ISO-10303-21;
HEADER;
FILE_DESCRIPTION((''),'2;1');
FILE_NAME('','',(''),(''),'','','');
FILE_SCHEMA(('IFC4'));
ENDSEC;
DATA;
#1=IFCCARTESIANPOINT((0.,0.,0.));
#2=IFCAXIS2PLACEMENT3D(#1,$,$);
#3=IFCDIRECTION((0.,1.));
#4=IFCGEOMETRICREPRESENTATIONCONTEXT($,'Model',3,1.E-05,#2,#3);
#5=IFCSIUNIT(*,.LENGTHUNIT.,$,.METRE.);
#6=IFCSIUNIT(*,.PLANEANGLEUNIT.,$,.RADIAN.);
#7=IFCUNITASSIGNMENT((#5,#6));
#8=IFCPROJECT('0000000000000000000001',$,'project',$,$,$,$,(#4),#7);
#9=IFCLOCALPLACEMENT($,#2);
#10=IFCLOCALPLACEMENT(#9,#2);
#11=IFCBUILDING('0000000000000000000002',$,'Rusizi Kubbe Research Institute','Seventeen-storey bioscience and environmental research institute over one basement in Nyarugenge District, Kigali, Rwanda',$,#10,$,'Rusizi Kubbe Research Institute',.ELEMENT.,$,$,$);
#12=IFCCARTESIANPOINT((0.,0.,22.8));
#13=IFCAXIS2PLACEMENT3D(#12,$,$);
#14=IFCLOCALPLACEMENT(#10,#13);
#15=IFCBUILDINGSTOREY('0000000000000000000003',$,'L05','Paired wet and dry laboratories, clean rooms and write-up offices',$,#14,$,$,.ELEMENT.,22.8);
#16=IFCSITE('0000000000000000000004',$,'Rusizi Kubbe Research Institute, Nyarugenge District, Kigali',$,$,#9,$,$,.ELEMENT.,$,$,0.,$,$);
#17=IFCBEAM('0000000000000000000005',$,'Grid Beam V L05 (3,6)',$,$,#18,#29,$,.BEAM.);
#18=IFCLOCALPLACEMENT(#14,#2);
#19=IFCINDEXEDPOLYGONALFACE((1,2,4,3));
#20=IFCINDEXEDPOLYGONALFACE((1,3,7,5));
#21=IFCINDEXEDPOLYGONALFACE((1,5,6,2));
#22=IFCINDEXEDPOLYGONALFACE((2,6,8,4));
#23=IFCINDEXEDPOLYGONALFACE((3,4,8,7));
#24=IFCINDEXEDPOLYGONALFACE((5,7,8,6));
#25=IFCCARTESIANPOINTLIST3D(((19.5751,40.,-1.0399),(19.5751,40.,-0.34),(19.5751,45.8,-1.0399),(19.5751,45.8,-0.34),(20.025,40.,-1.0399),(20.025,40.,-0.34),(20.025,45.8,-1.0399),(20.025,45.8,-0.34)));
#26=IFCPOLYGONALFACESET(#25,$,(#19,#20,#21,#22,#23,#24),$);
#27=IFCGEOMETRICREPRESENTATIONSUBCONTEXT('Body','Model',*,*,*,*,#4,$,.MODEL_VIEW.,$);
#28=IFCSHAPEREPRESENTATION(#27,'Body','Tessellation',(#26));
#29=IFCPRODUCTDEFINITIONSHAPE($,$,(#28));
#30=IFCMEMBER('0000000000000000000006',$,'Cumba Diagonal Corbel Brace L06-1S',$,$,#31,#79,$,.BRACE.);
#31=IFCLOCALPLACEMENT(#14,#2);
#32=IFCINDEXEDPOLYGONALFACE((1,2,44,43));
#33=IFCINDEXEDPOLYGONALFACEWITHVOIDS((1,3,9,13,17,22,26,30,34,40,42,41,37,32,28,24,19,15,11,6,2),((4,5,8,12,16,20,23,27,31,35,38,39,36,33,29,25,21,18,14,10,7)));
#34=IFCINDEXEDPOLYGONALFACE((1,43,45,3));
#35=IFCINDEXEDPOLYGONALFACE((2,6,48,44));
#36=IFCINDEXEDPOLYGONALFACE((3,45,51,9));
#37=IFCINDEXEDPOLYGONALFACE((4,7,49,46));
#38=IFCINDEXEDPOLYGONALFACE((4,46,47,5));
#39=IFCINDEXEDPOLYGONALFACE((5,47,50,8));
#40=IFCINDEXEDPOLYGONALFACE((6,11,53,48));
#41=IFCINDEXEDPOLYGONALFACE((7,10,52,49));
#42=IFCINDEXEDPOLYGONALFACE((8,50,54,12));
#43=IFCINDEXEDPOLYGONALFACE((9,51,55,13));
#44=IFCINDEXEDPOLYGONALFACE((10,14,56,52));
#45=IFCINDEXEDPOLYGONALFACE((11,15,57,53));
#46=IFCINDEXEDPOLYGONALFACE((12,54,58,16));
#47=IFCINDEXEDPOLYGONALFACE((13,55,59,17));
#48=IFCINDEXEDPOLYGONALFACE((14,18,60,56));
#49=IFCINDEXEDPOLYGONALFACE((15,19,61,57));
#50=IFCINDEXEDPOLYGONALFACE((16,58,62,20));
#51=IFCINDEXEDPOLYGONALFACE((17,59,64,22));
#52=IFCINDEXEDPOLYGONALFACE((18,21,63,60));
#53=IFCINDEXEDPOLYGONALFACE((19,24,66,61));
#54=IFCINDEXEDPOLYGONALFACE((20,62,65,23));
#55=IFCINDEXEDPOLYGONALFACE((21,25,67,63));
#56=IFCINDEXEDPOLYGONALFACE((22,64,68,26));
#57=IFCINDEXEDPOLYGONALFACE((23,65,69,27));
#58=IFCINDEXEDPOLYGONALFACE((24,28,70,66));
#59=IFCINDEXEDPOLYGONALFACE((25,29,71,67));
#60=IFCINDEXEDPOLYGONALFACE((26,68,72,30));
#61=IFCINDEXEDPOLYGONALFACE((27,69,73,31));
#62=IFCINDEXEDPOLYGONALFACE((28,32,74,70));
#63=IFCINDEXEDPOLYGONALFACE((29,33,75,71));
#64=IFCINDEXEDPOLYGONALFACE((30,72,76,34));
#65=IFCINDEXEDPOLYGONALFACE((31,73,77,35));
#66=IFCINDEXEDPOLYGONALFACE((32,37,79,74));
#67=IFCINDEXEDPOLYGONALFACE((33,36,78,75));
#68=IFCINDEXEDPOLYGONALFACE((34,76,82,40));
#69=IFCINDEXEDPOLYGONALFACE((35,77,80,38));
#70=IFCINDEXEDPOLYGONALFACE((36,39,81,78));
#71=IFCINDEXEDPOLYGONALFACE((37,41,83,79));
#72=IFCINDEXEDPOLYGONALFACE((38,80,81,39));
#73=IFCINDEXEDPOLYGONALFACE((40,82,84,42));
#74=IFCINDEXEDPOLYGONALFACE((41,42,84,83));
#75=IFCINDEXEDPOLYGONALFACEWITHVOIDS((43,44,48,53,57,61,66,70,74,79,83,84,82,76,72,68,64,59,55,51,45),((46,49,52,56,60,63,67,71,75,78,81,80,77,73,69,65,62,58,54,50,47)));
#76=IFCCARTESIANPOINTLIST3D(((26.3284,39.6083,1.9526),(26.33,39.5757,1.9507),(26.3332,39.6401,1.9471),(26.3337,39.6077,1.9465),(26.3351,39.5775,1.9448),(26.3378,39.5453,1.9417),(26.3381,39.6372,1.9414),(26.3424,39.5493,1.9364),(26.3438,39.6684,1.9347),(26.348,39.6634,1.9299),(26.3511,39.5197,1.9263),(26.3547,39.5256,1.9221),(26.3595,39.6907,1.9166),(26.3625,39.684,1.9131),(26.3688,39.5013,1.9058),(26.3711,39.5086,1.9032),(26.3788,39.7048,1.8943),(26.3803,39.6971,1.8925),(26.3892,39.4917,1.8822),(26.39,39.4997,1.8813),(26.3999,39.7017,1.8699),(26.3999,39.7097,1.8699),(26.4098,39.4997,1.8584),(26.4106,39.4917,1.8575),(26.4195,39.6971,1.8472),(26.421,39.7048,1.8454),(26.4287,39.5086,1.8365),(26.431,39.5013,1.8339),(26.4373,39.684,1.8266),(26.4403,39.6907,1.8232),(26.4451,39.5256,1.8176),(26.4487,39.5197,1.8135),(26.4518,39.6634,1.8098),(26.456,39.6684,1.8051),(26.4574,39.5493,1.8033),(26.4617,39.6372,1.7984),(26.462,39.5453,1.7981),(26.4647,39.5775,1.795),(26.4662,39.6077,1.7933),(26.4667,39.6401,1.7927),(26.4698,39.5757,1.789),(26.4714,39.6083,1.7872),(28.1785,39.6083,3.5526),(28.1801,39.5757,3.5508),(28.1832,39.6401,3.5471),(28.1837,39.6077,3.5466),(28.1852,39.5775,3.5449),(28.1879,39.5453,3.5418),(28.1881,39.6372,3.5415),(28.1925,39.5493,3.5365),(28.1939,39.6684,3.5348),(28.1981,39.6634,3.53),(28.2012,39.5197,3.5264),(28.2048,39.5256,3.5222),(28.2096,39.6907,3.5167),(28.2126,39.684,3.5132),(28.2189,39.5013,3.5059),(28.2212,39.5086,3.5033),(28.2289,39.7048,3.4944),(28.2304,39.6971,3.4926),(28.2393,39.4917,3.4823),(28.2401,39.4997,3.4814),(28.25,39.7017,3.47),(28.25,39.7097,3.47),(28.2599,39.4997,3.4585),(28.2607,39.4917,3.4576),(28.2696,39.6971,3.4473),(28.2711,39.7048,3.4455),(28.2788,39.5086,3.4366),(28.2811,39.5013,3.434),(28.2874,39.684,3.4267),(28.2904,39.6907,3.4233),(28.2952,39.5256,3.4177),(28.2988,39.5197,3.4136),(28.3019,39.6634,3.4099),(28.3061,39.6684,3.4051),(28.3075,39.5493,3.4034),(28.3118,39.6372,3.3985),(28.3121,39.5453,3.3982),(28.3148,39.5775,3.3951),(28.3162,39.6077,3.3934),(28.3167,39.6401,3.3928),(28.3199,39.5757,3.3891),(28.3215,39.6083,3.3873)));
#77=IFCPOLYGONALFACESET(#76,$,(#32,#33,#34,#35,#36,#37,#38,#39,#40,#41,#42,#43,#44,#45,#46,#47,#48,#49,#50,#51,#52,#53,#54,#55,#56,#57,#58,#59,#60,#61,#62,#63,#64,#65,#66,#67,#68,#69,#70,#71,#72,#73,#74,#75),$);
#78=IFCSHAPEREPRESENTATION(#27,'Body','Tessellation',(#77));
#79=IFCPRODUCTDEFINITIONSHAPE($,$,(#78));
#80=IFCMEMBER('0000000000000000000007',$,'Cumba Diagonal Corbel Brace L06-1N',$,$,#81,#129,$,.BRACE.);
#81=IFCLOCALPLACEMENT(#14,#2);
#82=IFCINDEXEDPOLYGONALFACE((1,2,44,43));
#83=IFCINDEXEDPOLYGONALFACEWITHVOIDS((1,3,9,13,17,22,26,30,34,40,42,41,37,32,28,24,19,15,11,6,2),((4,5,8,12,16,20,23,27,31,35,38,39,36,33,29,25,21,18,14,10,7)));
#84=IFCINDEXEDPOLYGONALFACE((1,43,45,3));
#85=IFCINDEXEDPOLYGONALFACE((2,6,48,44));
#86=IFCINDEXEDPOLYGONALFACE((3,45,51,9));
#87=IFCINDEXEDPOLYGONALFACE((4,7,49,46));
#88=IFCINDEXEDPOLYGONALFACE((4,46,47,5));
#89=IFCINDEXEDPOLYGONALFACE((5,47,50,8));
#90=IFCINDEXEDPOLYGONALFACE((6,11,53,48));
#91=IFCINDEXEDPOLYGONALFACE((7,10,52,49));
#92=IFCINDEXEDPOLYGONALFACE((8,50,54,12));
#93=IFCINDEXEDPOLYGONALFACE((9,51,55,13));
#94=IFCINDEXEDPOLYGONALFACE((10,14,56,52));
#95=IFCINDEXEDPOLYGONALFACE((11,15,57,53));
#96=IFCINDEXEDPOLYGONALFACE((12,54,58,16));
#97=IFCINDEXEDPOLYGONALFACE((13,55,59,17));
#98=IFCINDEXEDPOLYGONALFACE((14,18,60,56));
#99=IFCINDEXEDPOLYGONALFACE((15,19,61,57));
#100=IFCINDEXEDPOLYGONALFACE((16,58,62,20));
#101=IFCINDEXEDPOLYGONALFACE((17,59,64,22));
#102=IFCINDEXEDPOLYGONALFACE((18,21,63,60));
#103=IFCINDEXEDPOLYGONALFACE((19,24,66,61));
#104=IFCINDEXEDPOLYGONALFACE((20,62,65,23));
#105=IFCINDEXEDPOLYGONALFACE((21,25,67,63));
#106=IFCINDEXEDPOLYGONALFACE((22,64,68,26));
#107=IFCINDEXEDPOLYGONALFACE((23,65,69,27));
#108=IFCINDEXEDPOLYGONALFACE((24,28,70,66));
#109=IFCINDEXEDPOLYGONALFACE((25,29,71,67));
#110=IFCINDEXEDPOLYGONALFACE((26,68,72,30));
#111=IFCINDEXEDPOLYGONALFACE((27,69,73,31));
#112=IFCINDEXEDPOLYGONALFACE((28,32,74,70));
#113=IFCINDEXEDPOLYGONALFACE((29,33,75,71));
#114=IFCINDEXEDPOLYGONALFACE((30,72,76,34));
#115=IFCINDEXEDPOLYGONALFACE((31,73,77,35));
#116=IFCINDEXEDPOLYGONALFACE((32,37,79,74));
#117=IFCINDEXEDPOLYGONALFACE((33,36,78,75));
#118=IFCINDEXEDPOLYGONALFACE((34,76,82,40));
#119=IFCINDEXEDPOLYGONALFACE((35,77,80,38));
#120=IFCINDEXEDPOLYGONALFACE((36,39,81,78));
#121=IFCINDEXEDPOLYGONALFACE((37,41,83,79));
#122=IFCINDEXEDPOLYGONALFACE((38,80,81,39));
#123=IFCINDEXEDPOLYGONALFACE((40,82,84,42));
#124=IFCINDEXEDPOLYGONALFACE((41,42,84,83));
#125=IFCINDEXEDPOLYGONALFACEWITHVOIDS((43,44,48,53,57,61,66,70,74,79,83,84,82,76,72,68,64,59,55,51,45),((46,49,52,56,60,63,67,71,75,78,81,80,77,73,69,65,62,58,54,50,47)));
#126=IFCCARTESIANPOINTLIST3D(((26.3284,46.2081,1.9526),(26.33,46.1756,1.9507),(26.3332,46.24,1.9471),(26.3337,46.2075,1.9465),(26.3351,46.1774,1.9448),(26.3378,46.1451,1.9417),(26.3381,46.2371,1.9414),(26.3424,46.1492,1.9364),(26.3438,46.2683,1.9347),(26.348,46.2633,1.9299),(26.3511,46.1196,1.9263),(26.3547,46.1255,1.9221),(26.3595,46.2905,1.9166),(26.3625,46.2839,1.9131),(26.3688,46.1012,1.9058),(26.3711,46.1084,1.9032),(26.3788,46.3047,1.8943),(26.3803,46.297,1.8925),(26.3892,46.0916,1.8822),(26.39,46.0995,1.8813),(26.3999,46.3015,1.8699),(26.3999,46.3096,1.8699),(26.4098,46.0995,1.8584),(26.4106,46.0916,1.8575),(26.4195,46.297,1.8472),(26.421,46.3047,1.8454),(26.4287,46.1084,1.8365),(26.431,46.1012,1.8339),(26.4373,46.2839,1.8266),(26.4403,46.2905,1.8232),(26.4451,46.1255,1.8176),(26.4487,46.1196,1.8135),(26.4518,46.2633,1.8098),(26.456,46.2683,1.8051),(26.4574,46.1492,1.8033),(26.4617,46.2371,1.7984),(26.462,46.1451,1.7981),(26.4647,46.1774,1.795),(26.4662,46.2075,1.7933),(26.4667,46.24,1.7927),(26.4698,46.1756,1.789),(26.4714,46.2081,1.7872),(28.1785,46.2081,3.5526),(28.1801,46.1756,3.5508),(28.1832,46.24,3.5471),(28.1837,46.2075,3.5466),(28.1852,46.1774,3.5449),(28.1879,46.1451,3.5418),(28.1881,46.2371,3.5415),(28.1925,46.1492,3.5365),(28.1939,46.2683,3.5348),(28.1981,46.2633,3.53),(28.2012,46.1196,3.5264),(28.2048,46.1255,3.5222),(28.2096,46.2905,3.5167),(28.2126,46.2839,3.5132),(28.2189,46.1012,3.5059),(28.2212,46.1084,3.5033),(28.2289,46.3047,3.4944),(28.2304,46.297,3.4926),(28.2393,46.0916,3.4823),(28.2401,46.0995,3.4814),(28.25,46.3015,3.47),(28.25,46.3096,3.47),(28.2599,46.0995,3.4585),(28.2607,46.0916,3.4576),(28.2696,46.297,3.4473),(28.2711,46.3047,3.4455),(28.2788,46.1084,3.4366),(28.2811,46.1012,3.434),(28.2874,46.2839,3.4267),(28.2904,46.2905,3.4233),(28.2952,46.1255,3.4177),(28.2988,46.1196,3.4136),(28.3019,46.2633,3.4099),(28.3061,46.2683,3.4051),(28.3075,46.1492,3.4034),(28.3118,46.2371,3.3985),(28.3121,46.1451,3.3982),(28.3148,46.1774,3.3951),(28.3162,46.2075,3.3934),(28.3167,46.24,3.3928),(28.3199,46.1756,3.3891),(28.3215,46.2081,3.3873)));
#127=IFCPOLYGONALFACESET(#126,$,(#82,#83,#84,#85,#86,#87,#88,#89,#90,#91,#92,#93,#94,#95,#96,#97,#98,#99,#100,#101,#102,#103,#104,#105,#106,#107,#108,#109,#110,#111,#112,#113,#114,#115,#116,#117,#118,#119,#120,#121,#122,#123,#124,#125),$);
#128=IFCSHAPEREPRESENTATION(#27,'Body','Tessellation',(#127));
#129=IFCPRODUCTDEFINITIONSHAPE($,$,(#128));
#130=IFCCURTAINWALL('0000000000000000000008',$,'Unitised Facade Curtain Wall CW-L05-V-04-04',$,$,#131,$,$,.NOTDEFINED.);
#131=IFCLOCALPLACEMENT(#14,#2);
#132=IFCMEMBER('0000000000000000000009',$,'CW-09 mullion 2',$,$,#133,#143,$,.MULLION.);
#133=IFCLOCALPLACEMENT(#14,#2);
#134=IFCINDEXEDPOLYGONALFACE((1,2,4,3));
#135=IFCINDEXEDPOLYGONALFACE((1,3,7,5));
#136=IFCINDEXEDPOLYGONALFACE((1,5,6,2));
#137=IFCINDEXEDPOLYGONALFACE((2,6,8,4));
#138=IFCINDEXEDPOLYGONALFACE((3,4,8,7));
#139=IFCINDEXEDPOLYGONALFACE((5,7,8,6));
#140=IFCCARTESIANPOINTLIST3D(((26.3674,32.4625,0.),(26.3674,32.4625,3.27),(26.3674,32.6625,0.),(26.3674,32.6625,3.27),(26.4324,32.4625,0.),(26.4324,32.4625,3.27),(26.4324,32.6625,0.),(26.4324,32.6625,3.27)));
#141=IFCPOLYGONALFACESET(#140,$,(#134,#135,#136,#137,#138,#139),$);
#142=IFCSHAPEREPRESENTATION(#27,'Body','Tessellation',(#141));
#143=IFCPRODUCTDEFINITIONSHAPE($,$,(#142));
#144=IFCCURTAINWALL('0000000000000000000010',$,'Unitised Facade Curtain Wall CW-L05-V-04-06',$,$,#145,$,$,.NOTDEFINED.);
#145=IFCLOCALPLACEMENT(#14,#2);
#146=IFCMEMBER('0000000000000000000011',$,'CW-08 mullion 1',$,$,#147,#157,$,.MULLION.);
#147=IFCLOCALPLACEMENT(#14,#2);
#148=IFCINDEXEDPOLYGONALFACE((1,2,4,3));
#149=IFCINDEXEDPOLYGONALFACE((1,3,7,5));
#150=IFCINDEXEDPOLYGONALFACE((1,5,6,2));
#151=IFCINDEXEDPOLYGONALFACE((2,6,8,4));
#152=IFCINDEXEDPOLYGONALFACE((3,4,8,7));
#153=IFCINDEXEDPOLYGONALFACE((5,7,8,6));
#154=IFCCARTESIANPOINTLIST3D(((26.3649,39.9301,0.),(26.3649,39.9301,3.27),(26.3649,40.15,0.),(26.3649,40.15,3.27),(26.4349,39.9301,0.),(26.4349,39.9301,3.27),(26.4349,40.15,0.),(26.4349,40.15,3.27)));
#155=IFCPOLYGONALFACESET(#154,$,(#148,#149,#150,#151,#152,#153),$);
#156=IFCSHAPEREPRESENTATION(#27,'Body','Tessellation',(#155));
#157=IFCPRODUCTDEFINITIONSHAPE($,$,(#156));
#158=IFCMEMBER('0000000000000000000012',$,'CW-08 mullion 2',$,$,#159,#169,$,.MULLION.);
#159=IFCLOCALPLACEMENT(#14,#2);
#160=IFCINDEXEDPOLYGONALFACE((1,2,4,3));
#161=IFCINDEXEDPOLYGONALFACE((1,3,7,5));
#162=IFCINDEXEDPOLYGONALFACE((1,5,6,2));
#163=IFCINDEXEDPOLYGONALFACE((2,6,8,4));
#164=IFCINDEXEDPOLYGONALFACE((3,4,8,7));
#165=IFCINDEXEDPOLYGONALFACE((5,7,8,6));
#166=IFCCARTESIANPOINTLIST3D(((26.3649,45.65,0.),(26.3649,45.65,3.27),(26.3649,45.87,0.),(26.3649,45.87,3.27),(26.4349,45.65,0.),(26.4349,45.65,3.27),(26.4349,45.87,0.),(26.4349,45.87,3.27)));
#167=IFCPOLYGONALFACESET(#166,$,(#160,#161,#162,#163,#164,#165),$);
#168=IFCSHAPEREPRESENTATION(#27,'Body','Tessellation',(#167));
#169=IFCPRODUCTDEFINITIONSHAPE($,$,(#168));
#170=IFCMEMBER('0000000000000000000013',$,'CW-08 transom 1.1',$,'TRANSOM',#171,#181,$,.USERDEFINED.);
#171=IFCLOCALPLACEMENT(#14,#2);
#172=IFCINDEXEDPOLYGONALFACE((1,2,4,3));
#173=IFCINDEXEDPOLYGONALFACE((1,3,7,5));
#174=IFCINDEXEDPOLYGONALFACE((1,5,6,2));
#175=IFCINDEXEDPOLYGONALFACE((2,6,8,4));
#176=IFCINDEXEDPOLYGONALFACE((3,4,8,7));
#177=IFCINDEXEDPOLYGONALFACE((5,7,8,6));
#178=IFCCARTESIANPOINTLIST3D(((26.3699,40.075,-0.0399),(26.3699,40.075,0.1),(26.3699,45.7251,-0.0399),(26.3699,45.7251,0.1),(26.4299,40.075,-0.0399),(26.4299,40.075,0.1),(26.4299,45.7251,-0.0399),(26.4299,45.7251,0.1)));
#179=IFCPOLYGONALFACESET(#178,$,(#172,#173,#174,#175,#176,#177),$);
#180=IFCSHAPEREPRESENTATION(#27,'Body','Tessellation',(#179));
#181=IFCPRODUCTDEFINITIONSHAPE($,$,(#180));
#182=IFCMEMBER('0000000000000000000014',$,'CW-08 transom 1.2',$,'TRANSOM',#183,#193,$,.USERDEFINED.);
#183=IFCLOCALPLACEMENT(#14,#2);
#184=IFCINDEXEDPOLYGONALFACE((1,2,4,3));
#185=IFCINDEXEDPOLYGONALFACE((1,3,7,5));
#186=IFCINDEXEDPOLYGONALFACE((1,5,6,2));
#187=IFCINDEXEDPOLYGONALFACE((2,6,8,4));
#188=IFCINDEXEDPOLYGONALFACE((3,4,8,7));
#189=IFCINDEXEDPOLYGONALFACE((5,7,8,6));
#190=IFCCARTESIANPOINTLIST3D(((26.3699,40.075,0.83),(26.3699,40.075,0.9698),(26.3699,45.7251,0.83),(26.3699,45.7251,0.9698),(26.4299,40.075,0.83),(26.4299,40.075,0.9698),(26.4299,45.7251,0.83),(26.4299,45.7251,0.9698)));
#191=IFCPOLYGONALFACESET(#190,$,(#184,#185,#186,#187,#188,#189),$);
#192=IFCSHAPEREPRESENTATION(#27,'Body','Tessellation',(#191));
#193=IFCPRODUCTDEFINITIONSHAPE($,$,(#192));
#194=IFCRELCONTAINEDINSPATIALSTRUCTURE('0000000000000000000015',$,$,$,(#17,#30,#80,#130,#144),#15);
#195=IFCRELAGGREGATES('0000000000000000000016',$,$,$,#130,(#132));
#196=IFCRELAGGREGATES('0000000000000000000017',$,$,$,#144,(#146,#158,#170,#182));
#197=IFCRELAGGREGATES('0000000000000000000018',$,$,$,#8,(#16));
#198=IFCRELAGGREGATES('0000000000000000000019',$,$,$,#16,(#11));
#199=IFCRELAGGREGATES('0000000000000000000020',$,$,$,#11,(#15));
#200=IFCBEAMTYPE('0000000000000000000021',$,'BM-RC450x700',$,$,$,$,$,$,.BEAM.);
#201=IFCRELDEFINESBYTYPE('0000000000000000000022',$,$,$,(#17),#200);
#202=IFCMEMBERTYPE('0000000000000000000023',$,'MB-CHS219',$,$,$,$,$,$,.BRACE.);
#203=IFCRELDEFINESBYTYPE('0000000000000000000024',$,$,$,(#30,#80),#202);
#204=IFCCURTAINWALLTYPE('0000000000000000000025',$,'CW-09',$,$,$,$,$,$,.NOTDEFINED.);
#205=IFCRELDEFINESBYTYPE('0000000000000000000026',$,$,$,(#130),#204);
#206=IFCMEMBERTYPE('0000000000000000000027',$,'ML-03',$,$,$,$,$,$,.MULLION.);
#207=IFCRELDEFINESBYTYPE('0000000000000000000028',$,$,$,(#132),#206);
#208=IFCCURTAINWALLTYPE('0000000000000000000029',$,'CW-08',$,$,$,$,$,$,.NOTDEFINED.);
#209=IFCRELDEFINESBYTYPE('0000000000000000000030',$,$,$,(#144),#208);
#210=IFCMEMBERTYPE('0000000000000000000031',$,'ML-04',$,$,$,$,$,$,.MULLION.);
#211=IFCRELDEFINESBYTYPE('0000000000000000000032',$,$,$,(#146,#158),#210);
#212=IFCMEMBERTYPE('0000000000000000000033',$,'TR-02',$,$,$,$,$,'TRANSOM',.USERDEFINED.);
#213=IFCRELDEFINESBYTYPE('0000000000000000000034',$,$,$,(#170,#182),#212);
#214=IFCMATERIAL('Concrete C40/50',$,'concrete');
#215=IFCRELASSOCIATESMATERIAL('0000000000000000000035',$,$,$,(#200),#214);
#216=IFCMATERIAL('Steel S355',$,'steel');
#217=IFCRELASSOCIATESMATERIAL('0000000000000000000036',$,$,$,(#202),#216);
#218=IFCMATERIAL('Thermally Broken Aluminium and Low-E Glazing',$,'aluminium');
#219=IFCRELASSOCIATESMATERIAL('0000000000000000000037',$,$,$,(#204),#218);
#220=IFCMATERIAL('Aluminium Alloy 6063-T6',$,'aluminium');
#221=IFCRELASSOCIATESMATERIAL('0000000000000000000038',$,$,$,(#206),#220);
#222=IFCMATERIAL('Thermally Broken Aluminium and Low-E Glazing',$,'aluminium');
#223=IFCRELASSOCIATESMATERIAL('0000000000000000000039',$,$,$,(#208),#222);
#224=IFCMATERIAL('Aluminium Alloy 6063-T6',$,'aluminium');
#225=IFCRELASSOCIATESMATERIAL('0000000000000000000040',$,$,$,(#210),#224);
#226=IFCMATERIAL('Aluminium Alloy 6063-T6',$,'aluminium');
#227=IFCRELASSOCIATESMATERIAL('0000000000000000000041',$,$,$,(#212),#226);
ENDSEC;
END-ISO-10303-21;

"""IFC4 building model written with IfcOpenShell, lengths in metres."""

from ifc_helpers import new_model, si_unit, direction, frame, origin, origin_2d, place, context, subcontext, project, spatial, rectangle, hollow_circle, extrude, material, material_profile, profile_set, type_object, element, aggregate, save


model = new_model("IFC4")

# Units and contexts
model_context = context("Model", 3, precision=1e-05, world=origin(), true_north=direction((0.0, 1.0)))
body_context = subcontext(model_context, "Body", "Model", "MODEL_VIEW")
ifc_project = project(units=[si_unit("LENGTHUNIT", "METRE"), si_unit("PLANEANGLEUNIT", "RADIAN")], contexts=[model_context])

# Site, building, storey
site_placement = place(None, origin())
site = spatial("IfcSite", under=ifc_project, at=site_placement, Name="Rusizi Kubbe Research Institute, Nyarugenge District, Kigali", CompositionType="ELEMENT", RefElevation=0.0)
building_placement = place(site_placement, origin())
building = spatial("IfcBuilding", under=site, at=building_placement, Name="Rusizi Kubbe Research Institute", Description="Seventeen-storey bioscience and environmental research institute over one basement in Nyarugenge District, Kigali, Rwanda", LongName="Rusizi Kubbe Research Institute", CompositionType="ELEMENT")
storey_placement = place(building_placement, frame((0.0, 0.0, 22.8)))
storey = spatial("IfcBuildingStorey", under=building, at=storey_placement, Name="L05", Description="Paired wet and dry laboratories, clean rooms and write-up offices", CompositionType="ELEMENT", Elevation=22.8)

# Beam
ifc_material_1 = material(Name="Concrete C40/50", Category="concrete")
ifc_material_profile_1 = material_profile(ifc_material_1, rectangle(XDim=0.45, YDim=0.7, at=origin_2d()), Name="RC450x700B")
ifc_profile_set_1 = profile_set([ifc_material_profile_1], Name="Concrete C40/50")
beam_type_1 = type_object("IfcBeamType", Name="BM-RC450x700", PredefinedType="BEAM", material=ifc_profile_set_1)
for number, where, z_axis, x_axis, name in (
    (1, (19.8, 40.0, -0.6899), (0.0, 1.0, 0.0), (-1.0, 0.0, 0.0), "Grid Beam V L05 (3,6)"),
):
    element("IfcBeam", number, at=place(storey_placement, frame(where, z_axis=z_axis, x_axis=x_axis)), inside=storey, type_object=beam_type_1, Name=name, PredefinedType="BEAM", context=body_context, shape_type="SweptSolid", body=[
        extrude(rectangle(XDim=0.45, YDim=0.7, at=origin_2d()), origin(), (0.0, 0.0, 1.0), 5.8),
    ])

# Members
ifc_material_2 = material(Name="Steel S355", Category="steel")
ifc_material_profile_2 = material_profile(ifc_material_2, hollow_circle(Radius=0.1096, WallThickness=0.0081, at=origin_2d()), Name="CHS 219.1x8.0")
ifc_profile_set_2 = profile_set([ifc_material_profile_2], Name="Steel S355")
member_type_1 = type_object("IfcMemberType", Name="MB-CHS219", PredefinedType="BRACE", material=ifc_profile_set_2)
for number, where, z_axis, x_axis, name in (
    (2, (26.3999, 39.6001, 1.8699), (0.756361, 0.0, 0.654155), (0.0, 1.0, 0.0), "Cumba Diagonal Corbel Brace L06-1S"),
    (3, (26.3999, 46.2, 1.8699), (0.756361, 0.0, 0.654155), (0.0, 1.0, 0.0), "Cumba Diagonal Corbel Brace L06-1N"),
):
    element("IfcMember", number, at=place(storey_placement, frame(where, z_axis=z_axis, x_axis=x_axis)), inside=storey, type_object=member_type_1, Name=name, PredefinedType="BRACE", context=body_context, shape_type="SweptSolid", body=[
        extrude(hollow_circle(Radius=0.1096, WallThickness=0.0081, at=origin_2d()), origin(), (0.0, 0.0, 1.0), 2.446),
    ])

# Curtain wall, member
ifc_material_3 = material(Name="Thermally Broken Aluminium and Low-E Glazing", Category="aluminium")
curtain_wall_type_1 = type_object("IfcCurtainWallType", Name="CW-09", PredefinedType="NOTDEFINED", material=ifc_material_3)
curtain_wall_1_placement = place(storey_placement, origin())
curtain_wall_1 = element("IfcCurtainWall", 4, at=curtain_wall_1_placement, inside=storey, type_object=curtain_wall_type_1, Name="Unitised Facade Curtain Wall CW-L05-V-04-04", PredefinedType="NOTDEFINED")
ifc_material_4 = material(Name="Aluminium Alloy 6063-T6", Category="aluminium")
ifc_material_profile_3 = material_profile(ifc_material_4, rectangle(XDim=0.0649, YDim=0.2, at=origin_2d()), Name="ALU-M 65x200")
ifc_profile_set_3 = profile_set([ifc_material_profile_3], Name="Aluminium Alloy 6063-T6")
member_type_2 = type_object("IfcMemberType", Name="ML-03", PredefinedType="MULLION", material=ifc_profile_set_3)
member_1_placement = place(storey_placement, frame((26.3999, 32.5625, 0.0), z_axis=(0.0, 0.0, 1.0), x_axis=(-1.0, 0.0, 0.0)))
member_1 = element("IfcMember", 5, at=member_1_placement, type_object=member_type_2, Name="CW-09 mullion 2", PredefinedType="MULLION", context=body_context, shape_type="SweptSolid", body=[
    extrude(rectangle(XDim=0.0649, YDim=0.2, at=origin_2d()), origin(), (0.0, 0.0, 1.0), 3.27),
])
aggregate(curtain_wall_1, [member_1])

# Curtain wall, members
ifc_material_5 = material(Name="Thermally Broken Aluminium and Low-E Glazing", Category="aluminium")
curtain_wall_type_2 = type_object("IfcCurtainWallType", Name="CW-08", PredefinedType="NOTDEFINED", material=ifc_material_5)
curtain_wall_2_placement = place(storey_placement, origin())
curtain_wall_2 = element("IfcCurtainWall", 6, at=curtain_wall_2_placement, inside=storey, type_object=curtain_wall_type_2, Name="Unitised Facade Curtain Wall CW-L05-V-04-06", PredefinedType="NOTDEFINED")
ifc_material_6 = material(Name="Aluminium Alloy 6063-T6", Category="aluminium")
ifc_material_profile_4 = material_profile(ifc_material_6, rectangle(XDim=0.0701, YDim=0.22, at=origin_2d()), Name="ALU-M 70x220")
ifc_profile_set_4 = profile_set([ifc_material_profile_4], Name="Aluminium Alloy 6063-T6")
member_type_3 = type_object("IfcMemberType", Name="ML-04", PredefinedType="MULLION", material=ifc_profile_set_4)
member_2_placement = place(storey_placement, frame((26.3999, 40.04, 0.0), z_axis=(0.0, 0.0, 1.0), x_axis=(-1.0, 0.0, 0.0)))
member_2 = element("IfcMember", 7, at=member_2_placement, type_object=member_type_3, Name="CW-08 mullion 1", PredefinedType="MULLION", context=body_context, shape_type="SweptSolid", body=[
    extrude(rectangle(XDim=0.0701, YDim=0.22, at=origin_2d()), origin(), (0.0, 0.0, 1.0), 3.27),
])
member_3_placement = place(storey_placement, frame((26.3999, 45.76, 0.0), z_axis=(0.0, 0.0, 1.0), x_axis=(-1.0, 0.0, 0.0)))
member_3 = element("IfcMember", 8, at=member_3_placement, type_object=member_type_3, Name="CW-08 mullion 2", PredefinedType="MULLION", context=body_context, shape_type="SweptSolid", body=[
    extrude(rectangle(XDim=0.0701, YDim=0.22, at=origin_2d()), origin(), (0.0, 0.0, 1.0), 3.27),
])
ifc_material_7 = material(Name="Aluminium Alloy 6063-T6", Category="aluminium")
ifc_material_profile_5 = material_profile(ifc_material_7, rectangle(XDim=0.0601, YDim=0.1399, at=origin_2d()), Name="ALU-T 60x140")
ifc_profile_set_5 = profile_set([ifc_material_profile_5], Name="Aluminium Alloy 6063-T6")
member_type_4 = type_object("IfcMemberType", Name="TR-02", ElementType="TRANSOM", PredefinedType="USERDEFINED", material=ifc_profile_set_5)
member_4_placement = place(storey_placement, frame((26.3999, 40.075, 0.03), z_axis=(0.0, 1.0, 0.0), x_axis=(-1.0, 0.0, 0.0)))
member_4 = element("IfcMember", 9, at=member_4_placement, type_object=member_type_4, Name="CW-08 transom 1.1", ObjectType="TRANSOM", PredefinedType="USERDEFINED", context=body_context, shape_type="SweptSolid", body=[
    extrude(rectangle(XDim=0.0601, YDim=0.1399, at=origin_2d()), origin(), (0.0, 0.0, 1.0), 5.6501),
])
member_5_placement = place(storey_placement, frame((26.3999, 40.075, 0.8999), z_axis=(0.0, 1.0, 0.0), x_axis=(-1.0, 0.0, 0.0)))
member_5 = element("IfcMember", 10, at=member_5_placement, type_object=member_type_4, Name="CW-08 transom 1.2", ObjectType="TRANSOM", PredefinedType="USERDEFINED", context=body_context, shape_type="SweptSolid", body=[
    extrude(rectangle(XDim=0.0601, YDim=0.1399, at=origin_2d()), origin(), (0.0, 0.0, 1.0), 5.6501),
])

aggregate(curtain_wall_2, [member_2, member_3, member_4, member_5])

save(model, "model.ifc")
